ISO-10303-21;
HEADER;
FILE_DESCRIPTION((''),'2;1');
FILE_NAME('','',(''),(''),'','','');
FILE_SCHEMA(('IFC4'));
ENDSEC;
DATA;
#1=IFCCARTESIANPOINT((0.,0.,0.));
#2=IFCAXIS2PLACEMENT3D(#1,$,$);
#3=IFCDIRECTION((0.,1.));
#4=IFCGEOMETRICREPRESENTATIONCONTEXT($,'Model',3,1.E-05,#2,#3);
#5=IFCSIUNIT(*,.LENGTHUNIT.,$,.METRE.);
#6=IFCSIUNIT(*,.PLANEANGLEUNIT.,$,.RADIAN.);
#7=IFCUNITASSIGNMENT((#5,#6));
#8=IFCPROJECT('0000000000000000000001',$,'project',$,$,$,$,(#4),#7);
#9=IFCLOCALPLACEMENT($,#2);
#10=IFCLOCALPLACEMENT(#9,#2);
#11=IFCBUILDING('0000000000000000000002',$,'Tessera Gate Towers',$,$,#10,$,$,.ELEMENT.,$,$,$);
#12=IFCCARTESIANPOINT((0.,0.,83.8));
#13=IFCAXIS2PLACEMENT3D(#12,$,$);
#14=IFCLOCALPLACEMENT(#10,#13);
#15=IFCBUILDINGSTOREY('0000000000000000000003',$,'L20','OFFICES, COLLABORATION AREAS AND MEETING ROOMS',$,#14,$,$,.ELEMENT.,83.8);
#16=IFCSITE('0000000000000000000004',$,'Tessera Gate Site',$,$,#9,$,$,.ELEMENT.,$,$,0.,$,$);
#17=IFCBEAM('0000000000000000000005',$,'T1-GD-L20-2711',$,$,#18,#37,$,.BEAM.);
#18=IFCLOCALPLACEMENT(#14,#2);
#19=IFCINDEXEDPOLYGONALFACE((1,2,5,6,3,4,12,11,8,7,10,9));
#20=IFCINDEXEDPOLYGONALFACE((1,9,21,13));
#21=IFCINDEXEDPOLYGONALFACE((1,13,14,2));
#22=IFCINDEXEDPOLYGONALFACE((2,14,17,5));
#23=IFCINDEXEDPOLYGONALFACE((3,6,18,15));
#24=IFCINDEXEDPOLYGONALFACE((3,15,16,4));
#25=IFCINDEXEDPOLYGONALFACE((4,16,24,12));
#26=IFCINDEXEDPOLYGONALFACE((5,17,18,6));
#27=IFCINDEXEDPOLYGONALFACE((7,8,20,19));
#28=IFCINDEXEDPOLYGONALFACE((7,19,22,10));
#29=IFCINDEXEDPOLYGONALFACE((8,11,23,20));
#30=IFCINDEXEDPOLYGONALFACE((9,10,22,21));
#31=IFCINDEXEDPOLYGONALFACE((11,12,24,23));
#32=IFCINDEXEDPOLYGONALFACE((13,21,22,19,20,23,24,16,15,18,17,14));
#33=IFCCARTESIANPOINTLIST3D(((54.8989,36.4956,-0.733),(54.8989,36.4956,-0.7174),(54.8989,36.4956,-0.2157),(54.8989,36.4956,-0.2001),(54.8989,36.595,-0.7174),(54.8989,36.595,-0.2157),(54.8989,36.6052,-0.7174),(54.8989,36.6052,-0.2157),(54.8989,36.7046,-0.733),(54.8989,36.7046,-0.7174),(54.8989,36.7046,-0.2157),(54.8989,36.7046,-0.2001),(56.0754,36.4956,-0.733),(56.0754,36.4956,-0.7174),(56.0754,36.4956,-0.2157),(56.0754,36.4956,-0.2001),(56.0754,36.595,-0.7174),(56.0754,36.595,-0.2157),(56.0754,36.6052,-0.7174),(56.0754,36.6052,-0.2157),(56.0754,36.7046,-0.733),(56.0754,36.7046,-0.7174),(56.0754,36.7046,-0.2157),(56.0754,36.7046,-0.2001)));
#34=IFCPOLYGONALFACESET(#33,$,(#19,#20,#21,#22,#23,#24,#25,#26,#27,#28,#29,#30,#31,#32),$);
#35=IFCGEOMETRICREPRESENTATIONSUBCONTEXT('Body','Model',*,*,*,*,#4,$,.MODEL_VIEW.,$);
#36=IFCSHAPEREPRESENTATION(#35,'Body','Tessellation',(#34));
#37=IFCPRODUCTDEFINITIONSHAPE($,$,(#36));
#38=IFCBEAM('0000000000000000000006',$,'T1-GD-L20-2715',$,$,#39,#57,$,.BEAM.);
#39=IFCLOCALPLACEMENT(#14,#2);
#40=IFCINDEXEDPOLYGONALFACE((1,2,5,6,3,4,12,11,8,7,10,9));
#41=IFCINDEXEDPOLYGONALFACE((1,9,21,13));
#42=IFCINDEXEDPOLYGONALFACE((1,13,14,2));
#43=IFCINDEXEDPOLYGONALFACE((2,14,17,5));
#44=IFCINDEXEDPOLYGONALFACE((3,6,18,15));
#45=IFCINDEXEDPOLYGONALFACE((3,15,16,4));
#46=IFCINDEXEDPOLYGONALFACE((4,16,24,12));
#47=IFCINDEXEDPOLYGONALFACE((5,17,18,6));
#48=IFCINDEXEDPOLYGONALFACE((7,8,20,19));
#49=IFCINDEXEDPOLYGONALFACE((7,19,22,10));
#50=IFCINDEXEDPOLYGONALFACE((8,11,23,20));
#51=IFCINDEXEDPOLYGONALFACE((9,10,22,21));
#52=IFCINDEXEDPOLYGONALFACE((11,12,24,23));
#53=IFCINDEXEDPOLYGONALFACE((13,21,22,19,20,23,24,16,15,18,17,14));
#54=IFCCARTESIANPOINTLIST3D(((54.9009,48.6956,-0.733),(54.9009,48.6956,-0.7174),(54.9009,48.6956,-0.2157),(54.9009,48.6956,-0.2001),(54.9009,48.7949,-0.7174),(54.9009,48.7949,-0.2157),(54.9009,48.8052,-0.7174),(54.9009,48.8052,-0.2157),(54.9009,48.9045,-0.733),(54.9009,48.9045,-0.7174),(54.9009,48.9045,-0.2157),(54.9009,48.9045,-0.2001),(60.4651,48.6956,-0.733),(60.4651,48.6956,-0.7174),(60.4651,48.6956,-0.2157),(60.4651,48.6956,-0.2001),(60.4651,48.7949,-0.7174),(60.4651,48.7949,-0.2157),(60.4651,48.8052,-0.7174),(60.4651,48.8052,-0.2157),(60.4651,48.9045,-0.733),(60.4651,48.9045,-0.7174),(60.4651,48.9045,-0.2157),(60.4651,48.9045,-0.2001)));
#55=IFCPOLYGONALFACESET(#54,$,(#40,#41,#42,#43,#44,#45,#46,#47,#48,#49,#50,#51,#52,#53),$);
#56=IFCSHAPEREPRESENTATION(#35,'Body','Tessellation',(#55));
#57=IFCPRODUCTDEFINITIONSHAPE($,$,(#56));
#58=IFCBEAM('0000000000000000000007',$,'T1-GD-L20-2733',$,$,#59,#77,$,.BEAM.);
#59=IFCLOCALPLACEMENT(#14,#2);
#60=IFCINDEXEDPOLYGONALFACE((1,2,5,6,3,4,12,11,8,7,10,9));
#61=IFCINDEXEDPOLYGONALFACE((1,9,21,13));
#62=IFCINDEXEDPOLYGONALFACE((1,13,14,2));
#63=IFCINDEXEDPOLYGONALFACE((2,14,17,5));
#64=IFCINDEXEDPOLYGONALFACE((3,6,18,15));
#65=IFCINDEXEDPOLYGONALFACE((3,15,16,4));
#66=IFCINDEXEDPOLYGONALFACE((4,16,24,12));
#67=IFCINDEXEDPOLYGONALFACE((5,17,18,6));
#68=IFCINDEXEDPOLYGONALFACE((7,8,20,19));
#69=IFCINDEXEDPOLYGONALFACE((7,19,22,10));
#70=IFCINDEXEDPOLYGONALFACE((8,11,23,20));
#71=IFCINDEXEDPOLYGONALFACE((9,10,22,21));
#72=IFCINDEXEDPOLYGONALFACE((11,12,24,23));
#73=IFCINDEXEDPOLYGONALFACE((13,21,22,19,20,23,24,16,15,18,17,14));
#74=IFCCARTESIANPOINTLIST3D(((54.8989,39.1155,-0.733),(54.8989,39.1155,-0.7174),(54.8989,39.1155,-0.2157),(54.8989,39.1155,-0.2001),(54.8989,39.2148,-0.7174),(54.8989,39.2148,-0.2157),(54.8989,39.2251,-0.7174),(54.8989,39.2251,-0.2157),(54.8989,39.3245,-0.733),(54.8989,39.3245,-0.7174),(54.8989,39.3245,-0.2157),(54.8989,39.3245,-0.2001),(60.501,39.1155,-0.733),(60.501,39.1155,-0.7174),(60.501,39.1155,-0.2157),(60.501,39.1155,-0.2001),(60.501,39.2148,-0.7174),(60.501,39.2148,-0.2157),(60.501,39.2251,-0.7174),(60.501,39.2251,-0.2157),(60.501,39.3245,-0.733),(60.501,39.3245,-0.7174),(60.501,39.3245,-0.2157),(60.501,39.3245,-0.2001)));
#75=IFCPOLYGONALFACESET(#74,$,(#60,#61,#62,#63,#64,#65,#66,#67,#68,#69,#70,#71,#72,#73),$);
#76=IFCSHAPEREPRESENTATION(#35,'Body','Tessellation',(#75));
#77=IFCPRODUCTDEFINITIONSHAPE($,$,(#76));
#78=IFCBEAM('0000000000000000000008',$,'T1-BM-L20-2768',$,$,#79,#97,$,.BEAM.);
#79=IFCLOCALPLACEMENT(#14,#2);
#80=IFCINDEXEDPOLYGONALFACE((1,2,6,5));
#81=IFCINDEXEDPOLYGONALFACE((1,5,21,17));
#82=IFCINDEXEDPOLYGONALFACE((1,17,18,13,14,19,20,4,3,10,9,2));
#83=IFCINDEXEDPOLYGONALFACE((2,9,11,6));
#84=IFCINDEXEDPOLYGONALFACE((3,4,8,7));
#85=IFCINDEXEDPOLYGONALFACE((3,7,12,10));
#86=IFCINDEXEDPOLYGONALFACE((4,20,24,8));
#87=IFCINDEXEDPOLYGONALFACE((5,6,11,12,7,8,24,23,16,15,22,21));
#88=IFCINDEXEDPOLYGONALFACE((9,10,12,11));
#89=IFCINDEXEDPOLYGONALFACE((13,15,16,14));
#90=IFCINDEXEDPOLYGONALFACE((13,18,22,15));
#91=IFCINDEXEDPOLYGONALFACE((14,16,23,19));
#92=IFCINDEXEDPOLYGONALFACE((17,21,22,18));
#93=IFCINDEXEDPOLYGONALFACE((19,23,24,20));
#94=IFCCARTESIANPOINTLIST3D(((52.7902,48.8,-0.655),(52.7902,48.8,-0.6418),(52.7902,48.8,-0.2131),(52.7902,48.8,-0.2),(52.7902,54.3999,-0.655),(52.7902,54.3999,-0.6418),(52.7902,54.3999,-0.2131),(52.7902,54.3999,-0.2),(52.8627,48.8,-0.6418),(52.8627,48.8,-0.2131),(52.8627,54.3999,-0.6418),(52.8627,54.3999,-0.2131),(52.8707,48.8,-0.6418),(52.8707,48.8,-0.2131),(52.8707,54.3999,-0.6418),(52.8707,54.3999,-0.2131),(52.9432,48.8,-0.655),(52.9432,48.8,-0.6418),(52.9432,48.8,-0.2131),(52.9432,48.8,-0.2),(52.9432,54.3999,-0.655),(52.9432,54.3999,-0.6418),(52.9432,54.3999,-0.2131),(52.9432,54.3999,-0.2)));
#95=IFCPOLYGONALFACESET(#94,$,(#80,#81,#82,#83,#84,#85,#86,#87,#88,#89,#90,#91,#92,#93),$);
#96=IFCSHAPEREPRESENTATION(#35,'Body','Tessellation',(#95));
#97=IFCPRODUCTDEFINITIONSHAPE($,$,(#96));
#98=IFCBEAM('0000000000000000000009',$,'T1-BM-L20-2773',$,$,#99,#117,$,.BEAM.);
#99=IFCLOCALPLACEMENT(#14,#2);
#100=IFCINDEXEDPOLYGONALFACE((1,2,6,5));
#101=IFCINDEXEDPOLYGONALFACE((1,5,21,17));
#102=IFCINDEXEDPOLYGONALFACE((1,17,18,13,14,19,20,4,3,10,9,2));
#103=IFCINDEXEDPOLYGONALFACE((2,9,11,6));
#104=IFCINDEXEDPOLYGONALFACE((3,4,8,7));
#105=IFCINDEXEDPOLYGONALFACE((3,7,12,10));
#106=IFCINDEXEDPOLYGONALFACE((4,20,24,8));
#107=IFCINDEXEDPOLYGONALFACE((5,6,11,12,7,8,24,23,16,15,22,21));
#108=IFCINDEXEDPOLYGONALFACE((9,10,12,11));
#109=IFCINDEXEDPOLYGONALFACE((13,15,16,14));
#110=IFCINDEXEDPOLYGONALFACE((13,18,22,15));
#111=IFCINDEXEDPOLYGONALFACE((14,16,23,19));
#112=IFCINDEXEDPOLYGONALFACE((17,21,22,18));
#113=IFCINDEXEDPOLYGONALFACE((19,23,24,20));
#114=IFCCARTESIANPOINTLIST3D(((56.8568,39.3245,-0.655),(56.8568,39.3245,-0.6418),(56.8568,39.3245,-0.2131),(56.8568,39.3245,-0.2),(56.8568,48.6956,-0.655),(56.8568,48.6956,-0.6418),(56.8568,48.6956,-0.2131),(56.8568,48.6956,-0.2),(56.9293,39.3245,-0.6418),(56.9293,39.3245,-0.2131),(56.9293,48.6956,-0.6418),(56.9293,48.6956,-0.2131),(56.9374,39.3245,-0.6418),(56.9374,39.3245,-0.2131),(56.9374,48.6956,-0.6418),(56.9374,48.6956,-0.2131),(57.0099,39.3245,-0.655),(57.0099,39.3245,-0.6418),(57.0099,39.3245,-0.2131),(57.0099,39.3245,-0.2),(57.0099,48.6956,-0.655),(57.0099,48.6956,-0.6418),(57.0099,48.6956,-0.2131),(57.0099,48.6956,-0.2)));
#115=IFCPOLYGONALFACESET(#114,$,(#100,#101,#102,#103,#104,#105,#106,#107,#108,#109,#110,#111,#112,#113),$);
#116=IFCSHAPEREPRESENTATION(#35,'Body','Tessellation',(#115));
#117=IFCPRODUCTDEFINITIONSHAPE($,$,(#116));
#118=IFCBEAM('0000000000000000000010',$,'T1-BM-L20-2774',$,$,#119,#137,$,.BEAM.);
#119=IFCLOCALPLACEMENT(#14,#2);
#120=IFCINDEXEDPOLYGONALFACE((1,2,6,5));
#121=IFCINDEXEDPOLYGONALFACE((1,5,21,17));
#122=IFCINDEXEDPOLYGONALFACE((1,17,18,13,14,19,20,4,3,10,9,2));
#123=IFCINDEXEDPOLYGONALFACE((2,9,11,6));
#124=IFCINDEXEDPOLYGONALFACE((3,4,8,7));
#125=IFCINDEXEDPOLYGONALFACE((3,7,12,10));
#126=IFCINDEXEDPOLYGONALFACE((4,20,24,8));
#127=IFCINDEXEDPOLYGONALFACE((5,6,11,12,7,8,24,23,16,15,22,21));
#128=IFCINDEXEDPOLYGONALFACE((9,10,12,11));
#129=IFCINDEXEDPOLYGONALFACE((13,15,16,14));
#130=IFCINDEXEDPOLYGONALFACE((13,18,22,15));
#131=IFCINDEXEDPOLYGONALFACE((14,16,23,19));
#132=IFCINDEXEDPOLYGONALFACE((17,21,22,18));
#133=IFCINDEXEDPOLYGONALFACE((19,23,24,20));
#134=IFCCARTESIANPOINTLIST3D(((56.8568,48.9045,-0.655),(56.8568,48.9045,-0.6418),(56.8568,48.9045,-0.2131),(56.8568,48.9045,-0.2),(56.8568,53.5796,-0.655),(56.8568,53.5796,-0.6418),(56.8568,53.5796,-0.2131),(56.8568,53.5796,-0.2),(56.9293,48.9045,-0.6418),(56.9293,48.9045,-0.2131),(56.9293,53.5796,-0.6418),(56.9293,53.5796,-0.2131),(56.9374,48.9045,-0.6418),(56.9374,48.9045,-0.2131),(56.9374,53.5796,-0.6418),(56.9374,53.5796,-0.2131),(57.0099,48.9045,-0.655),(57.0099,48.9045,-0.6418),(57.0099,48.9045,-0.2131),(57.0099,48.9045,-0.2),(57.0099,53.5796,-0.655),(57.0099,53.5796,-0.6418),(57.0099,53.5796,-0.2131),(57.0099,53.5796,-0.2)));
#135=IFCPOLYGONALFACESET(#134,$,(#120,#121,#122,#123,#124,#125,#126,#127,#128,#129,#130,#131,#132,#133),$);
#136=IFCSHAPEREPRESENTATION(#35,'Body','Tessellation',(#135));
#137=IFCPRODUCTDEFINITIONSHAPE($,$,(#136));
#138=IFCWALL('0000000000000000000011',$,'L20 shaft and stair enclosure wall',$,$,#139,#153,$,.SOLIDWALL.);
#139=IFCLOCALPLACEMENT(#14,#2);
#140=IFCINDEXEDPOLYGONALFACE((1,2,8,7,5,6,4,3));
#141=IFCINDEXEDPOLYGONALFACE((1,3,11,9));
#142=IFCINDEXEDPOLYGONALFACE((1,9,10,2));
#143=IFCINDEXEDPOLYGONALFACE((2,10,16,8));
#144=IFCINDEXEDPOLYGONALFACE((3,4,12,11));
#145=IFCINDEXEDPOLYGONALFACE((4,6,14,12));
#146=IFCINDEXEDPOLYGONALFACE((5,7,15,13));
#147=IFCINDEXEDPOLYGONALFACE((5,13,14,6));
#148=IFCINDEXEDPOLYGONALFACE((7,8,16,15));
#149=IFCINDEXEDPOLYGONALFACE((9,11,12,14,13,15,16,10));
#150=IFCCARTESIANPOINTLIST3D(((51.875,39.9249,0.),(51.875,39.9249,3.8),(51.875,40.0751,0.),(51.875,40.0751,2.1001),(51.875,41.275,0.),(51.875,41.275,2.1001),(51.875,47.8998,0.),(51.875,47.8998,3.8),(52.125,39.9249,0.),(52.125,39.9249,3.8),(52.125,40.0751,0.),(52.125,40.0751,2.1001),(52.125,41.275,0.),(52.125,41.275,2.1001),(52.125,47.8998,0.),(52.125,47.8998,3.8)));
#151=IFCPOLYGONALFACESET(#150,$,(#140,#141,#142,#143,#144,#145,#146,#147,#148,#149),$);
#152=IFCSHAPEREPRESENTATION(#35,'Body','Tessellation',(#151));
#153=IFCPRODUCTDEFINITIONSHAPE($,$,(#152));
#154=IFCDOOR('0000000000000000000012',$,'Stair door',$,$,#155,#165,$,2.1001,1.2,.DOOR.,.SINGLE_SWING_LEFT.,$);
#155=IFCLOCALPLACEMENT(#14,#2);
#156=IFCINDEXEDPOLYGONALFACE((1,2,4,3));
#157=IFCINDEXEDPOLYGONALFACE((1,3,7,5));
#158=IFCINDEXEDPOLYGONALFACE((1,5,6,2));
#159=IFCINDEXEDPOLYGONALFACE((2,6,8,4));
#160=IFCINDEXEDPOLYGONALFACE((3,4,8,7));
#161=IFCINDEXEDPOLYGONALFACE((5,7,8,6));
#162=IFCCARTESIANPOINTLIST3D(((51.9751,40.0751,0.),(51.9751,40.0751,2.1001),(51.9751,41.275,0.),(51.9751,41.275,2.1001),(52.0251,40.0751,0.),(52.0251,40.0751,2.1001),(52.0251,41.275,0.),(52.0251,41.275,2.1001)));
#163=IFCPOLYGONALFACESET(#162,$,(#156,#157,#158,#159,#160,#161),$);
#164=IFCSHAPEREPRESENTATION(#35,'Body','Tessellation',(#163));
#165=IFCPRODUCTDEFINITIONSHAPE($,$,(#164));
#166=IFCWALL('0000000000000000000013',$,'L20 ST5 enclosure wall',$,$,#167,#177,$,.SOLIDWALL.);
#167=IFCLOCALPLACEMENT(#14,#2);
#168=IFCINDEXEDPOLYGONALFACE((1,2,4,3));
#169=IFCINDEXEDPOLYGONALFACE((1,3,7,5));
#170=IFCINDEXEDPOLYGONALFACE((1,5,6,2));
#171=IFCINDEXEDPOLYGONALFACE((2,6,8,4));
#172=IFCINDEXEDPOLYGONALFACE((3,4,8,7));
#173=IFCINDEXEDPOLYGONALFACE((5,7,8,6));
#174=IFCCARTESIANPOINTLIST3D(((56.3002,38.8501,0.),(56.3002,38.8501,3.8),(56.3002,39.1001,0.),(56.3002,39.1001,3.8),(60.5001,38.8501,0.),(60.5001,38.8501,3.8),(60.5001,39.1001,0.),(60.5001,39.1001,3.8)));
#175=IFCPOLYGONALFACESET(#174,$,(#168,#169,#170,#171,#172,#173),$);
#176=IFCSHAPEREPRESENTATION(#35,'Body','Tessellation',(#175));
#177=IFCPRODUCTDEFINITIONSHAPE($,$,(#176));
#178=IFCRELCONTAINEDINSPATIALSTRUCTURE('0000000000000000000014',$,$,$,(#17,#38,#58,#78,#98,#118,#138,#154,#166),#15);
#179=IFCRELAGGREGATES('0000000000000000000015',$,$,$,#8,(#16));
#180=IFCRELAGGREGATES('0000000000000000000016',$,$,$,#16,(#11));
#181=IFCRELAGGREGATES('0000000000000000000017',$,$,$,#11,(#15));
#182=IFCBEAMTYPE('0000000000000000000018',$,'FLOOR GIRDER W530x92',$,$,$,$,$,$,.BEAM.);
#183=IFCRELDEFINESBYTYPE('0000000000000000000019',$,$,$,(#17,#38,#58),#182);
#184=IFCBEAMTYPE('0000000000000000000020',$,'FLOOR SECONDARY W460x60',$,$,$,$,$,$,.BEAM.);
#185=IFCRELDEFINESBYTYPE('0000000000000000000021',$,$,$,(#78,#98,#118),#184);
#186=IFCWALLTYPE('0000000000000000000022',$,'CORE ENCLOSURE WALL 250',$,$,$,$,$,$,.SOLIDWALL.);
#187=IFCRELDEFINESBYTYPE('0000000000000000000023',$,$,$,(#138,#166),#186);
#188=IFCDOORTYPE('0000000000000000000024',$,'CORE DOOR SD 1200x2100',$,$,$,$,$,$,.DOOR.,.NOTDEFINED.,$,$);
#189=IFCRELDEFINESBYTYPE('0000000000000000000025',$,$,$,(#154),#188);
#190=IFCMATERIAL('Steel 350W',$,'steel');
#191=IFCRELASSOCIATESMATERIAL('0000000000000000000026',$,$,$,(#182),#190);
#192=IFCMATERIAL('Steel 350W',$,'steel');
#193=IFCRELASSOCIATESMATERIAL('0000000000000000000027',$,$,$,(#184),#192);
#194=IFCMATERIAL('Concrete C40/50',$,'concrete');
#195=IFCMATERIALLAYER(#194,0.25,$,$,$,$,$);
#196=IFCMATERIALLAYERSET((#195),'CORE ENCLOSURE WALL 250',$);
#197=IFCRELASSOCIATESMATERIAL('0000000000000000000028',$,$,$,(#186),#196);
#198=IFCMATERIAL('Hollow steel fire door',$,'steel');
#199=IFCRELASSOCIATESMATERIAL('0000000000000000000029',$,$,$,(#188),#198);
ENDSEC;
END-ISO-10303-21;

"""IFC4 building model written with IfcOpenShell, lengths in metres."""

from ifc_helpers import new_model, si_unit, direction, frame, frame_2d, origin, origin_2d, place, context, subcontext, project, spatial, rectangle, i_section, extrude, source, transform, mapped, material, layer, layer_set, material_profile, profile_set, type_object, element, fill, save


model = new_model("IFC4")

# Units and contexts
model_context = context("Model", 3, precision=1e-05, world=origin(), true_north=direction((0.0, 1.0)))
body_context = subcontext(model_context, "Body", "Model", "MODEL_VIEW")
ifc_project = project(units=[si_unit("LENGTHUNIT", "METRE"), si_unit("PLANEANGLEUNIT", "RADIAN")], contexts=[model_context])

# Site, building, storey
site_placement = place(None, origin())
site = spatial("IfcSite", under=ifc_project, at=site_placement, Name="Tessera Gate Site", CompositionType="ELEMENT", RefElevation=0.0)
building_placement = place(site_placement, origin())
building = spatial("IfcBuilding", under=site, at=building_placement, Name="Tessera Gate Towers", CompositionType="ELEMENT")
storey_placement = place(building_placement, frame((0.0, 0.0, 83.8)))
storey = spatial("IfcBuildingStorey", under=building, at=storey_placement, Name="L20", Description="OFFICES, COLLABORATION AREAS AND MEETING ROOMS", CompositionType="ELEMENT", Elevation=83.8)

# Beams
ifc_material_1 = material(Name="Steel 350W", Category="steel")
ifc_material_profile_1 = material_profile(ifc_material_1, i_section(OverallWidth=0.209, OverallDepth=0.533, WebThickness=0.0103, FlangeThickness=0.0156, at=origin_2d()), Name="W530x92")
ifc_profile_set_1 = profile_set([ifc_material_profile_1], Name="Steel 350W")
beam_type_1 = type_object("IfcBeamType", Name="FLOOR GIRDER W530x92", PredefinedType="BEAM", material=ifc_profile_set_1)
beam_1_placement = place(storey_placement, frame((54.8989, 36.6001, -0.4666), z_axis=(1.0, 0.0, 0.0), x_axis=(0.0, 1.0, 0.0)))
element("IfcBeam", 1, at=beam_1_placement, inside=storey, type_object=beam_type_1, Name="T1-GD-L20-2711", PredefinedType="BEAM", context=body_context, shape_type="SweptSolid", body=[
    extrude(i_section(OverallWidth=0.209, OverallDepth=0.533, WebThickness=0.0103, FlangeThickness=0.0156, at=origin_2d()), origin(), (0.0, 0.0, 1.0), 1.1765),
])
beam_2_placement = place(storey_placement, frame((54.9009, 48.8, -0.4666), z_axis=(1.0, 0.0, 0.0), x_axis=(0.0, 1.0, 0.0)))
element("IfcBeam", 2, at=beam_2_placement, inside=storey, type_object=beam_type_1, Name="T1-GD-L20-2715", PredefinedType="BEAM", context=body_context, shape_type="SweptSolid", body=[
    extrude(i_section(OverallWidth=0.209, OverallDepth=0.533, WebThickness=0.0103, FlangeThickness=0.0156, at=origin_2d()), origin(), (0.0, 0.0, 1.0), 5.5642),
])
beam_3_placement = place(storey_placement, frame((54.8989, 39.22, -0.4666), z_axis=(1.0, 0.0, 0.0), x_axis=(0.0, 1.0, 0.0)))
element("IfcBeam", 3, at=beam_3_placement, inside=storey, type_object=beam_type_1, Name="T1-GD-L20-2733", PredefinedType="BEAM", context=body_context, shape_type="SweptSolid", body=[
    extrude(i_section(OverallWidth=0.209, OverallDepth=0.533, WebThickness=0.0103, FlangeThickness=0.0156, at=origin_2d()), origin(), (0.0, 0.0, 1.0), 5.6021),
])
ifc_material_2 = material(Name="Steel 350W", Category="steel")
ifc_material_profile_2 = material_profile(ifc_material_2, i_section(OverallWidth=0.1531, OverallDepth=0.4551, WebThickness=0.0081, FlangeThickness=0.0132, at=origin_2d()), Name="W460x60")
ifc_profile_set_2 = profile_set([ifc_material_profile_2], Name="Steel 350W")
beam_type_2 = type_object("IfcBeamType", Name="FLOOR SECONDARY W460x60", PredefinedType="BEAM", material=ifc_profile_set_2)
beam_4_placement = place(storey_placement, frame((52.8667, 48.8, -0.4275), z_axis=(0.0, 1.0, 0.0), x_axis=(-1.0, 0.0, 0.0)))
element("IfcBeam", 4, at=beam_4_placement, inside=storey, type_object=beam_type_2, Name="T1-BM-L20-2768", PredefinedType="BEAM", context=body_context, shape_type="SweptSolid", body=[
    extrude(i_section(OverallWidth=0.1531, OverallDepth=0.4551, WebThickness=0.0081, FlangeThickness=0.0132, at=origin_2d()), origin(), (0.0, 0.0, 1.0), 5.5999),
])
beam_5_placement = place(storey_placement, frame((56.9333, 39.3245, -0.4275), z_axis=(0.0, 1.0, 0.0), x_axis=(-1.0, 0.0, 0.0)))
element("IfcBeam", 5, at=beam_5_placement, inside=storey, type_object=beam_type_2, Name="T1-BM-L20-2773", PredefinedType="BEAM", context=body_context, shape_type="SweptSolid", body=[
    extrude(i_section(OverallWidth=0.1531, OverallDepth=0.4551, WebThickness=0.0081, FlangeThickness=0.0132, at=origin_2d()), origin(), (0.0, 0.0, 1.0), 9.3711),
])
beam_6_placement = place(storey_placement, frame((56.9333, 48.9045, -0.4275), z_axis=(0.0, 1.0, 0.0), x_axis=(-1.0, 0.0, 0.0)))
element("IfcBeam", 6, at=beam_6_placement, inside=storey, type_object=beam_type_2, Name="T1-BM-L20-2774", PredefinedType="BEAM", context=body_context, shape_type="SweptSolid", body=[
    extrude(i_section(OverallWidth=0.1531, OverallDepth=0.4551, WebThickness=0.0081, FlangeThickness=0.0132, at=origin_2d()), origin(), (0.0, 0.0, 1.0), 4.675),
])

# Wall, opening, door
ifc_material_3 = material(Name="Concrete C40/50", Category="concrete")
ifc_layer_1 = layer(ifc_material_3, 0.25)
ifc_layer_set_1 = layer_set([ifc_layer_1], Name="CORE ENCLOSURE WALL 250")
wall_type_1 = type_object("IfcWallType", Name="CORE ENCLOSURE WALL 250", PredefinedType="SOLIDWALL", material=ifc_layer_set_1)
wall_1_placement = place(storey_placement, frame((52.0, 39.925, 0.0), z_axis=(0.0, 0.0, 1.0), x_axis=(0.0, 1.0, 0.0)))
wall_1 = element("IfcWall", 7, at=wall_1_placement, inside=storey, type_object=wall_type_1, Name="L20 shaft and stair enclosure wall", PredefinedType="SOLIDWALL", context=body_context, shape_type="SweptSolid", body=[
    extrude(rectangle(XDim=7.9749, YDim=0.25, at=frame_2d((3.9873, 0.0))), origin(), (0.0, 0.0, 1.0), 3.8),
])
shared_shape_1 = source(origin(), body_context, "Body", "SweptSolid", [
    extrude(rectangle(XDim=1.2, YDim=2.1001, at=frame_2d((0.6001, 1.05))), frame((0.0, 0.135, 0.0), z_axis=(0.0, -1.0, 0.0), x_axis=(1.0, 0.0, 0.0)), (0.0, 0.0, 1.0), 0.27),
])
opening_1_placement = place(wall_1_placement, frame((0.1499, 0.0, 0.0)))
opening_1 = element("IfcOpeningElement", 8, at=opening_1_placement, cuts=wall_1, PredefinedType="OPENING", context=body_context, shape_type="MappedRepresentation", body=[
    mapped(shared_shape_1, transform((0.0, 0.0, 0.0), scale=1.0)),
])
ifc_material_4 = material(Name="Hollow steel fire door", Category="steel")
door_type_1 = type_object("IfcDoorType", Name="CORE DOOR SD 1200x2100", OperationType="NOTDEFINED", PredefinedType="DOOR", material=ifc_material_4)
shared_shape_2 = source(origin(), body_context, "Body", "SweptSolid", [
    extrude(rectangle(XDim=1.2, YDim=2.1001, at=frame_2d((0.6001, 1.05))), frame((0.0, 0.0249, 0.0), z_axis=(0.0, -1.0, 0.0), x_axis=(1.0, 0.0, 0.0)), (0.0, 0.0, 1.0), 0.05),
])
door_1_placement = place(opening_1_placement, origin())
door_1 = element("IfcDoor", 9, at=door_1_placement, inside=storey, type_object=door_type_1, Name="Stair door", OperationType="SINGLE_SWING_LEFT", OverallHeight=2.1001, OverallWidth=1.2, PredefinedType="DOOR", context=body_context, shape_type="MappedRepresentation", body=[
    mapped(shared_shape_2, transform((0.0, 0.0, 0.0), scale=1.0)),
])
fill(opening_1, door_1)

# Wall
wall_2_placement = place(storey_placement, frame((56.3, 38.9751, 0.0), z_axis=(0.0, 0.0, 1.0), x_axis=(1.0, 0.0, 0.0)))
element("IfcWall", 10, at=wall_2_placement, inside=storey, type_object=wall_type_1, Name="L20 ST5 enclosure wall", PredefinedType="SOLIDWALL", context=body_context, shape_type="SweptSolid", body=[
    extrude(rectangle(XDim=4.2, YDim=0.25, at=frame_2d((2.1001, 0.0))), origin(), (0.0, 0.0, 1.0), 3.8),
])

save(model, "model.ifc")
